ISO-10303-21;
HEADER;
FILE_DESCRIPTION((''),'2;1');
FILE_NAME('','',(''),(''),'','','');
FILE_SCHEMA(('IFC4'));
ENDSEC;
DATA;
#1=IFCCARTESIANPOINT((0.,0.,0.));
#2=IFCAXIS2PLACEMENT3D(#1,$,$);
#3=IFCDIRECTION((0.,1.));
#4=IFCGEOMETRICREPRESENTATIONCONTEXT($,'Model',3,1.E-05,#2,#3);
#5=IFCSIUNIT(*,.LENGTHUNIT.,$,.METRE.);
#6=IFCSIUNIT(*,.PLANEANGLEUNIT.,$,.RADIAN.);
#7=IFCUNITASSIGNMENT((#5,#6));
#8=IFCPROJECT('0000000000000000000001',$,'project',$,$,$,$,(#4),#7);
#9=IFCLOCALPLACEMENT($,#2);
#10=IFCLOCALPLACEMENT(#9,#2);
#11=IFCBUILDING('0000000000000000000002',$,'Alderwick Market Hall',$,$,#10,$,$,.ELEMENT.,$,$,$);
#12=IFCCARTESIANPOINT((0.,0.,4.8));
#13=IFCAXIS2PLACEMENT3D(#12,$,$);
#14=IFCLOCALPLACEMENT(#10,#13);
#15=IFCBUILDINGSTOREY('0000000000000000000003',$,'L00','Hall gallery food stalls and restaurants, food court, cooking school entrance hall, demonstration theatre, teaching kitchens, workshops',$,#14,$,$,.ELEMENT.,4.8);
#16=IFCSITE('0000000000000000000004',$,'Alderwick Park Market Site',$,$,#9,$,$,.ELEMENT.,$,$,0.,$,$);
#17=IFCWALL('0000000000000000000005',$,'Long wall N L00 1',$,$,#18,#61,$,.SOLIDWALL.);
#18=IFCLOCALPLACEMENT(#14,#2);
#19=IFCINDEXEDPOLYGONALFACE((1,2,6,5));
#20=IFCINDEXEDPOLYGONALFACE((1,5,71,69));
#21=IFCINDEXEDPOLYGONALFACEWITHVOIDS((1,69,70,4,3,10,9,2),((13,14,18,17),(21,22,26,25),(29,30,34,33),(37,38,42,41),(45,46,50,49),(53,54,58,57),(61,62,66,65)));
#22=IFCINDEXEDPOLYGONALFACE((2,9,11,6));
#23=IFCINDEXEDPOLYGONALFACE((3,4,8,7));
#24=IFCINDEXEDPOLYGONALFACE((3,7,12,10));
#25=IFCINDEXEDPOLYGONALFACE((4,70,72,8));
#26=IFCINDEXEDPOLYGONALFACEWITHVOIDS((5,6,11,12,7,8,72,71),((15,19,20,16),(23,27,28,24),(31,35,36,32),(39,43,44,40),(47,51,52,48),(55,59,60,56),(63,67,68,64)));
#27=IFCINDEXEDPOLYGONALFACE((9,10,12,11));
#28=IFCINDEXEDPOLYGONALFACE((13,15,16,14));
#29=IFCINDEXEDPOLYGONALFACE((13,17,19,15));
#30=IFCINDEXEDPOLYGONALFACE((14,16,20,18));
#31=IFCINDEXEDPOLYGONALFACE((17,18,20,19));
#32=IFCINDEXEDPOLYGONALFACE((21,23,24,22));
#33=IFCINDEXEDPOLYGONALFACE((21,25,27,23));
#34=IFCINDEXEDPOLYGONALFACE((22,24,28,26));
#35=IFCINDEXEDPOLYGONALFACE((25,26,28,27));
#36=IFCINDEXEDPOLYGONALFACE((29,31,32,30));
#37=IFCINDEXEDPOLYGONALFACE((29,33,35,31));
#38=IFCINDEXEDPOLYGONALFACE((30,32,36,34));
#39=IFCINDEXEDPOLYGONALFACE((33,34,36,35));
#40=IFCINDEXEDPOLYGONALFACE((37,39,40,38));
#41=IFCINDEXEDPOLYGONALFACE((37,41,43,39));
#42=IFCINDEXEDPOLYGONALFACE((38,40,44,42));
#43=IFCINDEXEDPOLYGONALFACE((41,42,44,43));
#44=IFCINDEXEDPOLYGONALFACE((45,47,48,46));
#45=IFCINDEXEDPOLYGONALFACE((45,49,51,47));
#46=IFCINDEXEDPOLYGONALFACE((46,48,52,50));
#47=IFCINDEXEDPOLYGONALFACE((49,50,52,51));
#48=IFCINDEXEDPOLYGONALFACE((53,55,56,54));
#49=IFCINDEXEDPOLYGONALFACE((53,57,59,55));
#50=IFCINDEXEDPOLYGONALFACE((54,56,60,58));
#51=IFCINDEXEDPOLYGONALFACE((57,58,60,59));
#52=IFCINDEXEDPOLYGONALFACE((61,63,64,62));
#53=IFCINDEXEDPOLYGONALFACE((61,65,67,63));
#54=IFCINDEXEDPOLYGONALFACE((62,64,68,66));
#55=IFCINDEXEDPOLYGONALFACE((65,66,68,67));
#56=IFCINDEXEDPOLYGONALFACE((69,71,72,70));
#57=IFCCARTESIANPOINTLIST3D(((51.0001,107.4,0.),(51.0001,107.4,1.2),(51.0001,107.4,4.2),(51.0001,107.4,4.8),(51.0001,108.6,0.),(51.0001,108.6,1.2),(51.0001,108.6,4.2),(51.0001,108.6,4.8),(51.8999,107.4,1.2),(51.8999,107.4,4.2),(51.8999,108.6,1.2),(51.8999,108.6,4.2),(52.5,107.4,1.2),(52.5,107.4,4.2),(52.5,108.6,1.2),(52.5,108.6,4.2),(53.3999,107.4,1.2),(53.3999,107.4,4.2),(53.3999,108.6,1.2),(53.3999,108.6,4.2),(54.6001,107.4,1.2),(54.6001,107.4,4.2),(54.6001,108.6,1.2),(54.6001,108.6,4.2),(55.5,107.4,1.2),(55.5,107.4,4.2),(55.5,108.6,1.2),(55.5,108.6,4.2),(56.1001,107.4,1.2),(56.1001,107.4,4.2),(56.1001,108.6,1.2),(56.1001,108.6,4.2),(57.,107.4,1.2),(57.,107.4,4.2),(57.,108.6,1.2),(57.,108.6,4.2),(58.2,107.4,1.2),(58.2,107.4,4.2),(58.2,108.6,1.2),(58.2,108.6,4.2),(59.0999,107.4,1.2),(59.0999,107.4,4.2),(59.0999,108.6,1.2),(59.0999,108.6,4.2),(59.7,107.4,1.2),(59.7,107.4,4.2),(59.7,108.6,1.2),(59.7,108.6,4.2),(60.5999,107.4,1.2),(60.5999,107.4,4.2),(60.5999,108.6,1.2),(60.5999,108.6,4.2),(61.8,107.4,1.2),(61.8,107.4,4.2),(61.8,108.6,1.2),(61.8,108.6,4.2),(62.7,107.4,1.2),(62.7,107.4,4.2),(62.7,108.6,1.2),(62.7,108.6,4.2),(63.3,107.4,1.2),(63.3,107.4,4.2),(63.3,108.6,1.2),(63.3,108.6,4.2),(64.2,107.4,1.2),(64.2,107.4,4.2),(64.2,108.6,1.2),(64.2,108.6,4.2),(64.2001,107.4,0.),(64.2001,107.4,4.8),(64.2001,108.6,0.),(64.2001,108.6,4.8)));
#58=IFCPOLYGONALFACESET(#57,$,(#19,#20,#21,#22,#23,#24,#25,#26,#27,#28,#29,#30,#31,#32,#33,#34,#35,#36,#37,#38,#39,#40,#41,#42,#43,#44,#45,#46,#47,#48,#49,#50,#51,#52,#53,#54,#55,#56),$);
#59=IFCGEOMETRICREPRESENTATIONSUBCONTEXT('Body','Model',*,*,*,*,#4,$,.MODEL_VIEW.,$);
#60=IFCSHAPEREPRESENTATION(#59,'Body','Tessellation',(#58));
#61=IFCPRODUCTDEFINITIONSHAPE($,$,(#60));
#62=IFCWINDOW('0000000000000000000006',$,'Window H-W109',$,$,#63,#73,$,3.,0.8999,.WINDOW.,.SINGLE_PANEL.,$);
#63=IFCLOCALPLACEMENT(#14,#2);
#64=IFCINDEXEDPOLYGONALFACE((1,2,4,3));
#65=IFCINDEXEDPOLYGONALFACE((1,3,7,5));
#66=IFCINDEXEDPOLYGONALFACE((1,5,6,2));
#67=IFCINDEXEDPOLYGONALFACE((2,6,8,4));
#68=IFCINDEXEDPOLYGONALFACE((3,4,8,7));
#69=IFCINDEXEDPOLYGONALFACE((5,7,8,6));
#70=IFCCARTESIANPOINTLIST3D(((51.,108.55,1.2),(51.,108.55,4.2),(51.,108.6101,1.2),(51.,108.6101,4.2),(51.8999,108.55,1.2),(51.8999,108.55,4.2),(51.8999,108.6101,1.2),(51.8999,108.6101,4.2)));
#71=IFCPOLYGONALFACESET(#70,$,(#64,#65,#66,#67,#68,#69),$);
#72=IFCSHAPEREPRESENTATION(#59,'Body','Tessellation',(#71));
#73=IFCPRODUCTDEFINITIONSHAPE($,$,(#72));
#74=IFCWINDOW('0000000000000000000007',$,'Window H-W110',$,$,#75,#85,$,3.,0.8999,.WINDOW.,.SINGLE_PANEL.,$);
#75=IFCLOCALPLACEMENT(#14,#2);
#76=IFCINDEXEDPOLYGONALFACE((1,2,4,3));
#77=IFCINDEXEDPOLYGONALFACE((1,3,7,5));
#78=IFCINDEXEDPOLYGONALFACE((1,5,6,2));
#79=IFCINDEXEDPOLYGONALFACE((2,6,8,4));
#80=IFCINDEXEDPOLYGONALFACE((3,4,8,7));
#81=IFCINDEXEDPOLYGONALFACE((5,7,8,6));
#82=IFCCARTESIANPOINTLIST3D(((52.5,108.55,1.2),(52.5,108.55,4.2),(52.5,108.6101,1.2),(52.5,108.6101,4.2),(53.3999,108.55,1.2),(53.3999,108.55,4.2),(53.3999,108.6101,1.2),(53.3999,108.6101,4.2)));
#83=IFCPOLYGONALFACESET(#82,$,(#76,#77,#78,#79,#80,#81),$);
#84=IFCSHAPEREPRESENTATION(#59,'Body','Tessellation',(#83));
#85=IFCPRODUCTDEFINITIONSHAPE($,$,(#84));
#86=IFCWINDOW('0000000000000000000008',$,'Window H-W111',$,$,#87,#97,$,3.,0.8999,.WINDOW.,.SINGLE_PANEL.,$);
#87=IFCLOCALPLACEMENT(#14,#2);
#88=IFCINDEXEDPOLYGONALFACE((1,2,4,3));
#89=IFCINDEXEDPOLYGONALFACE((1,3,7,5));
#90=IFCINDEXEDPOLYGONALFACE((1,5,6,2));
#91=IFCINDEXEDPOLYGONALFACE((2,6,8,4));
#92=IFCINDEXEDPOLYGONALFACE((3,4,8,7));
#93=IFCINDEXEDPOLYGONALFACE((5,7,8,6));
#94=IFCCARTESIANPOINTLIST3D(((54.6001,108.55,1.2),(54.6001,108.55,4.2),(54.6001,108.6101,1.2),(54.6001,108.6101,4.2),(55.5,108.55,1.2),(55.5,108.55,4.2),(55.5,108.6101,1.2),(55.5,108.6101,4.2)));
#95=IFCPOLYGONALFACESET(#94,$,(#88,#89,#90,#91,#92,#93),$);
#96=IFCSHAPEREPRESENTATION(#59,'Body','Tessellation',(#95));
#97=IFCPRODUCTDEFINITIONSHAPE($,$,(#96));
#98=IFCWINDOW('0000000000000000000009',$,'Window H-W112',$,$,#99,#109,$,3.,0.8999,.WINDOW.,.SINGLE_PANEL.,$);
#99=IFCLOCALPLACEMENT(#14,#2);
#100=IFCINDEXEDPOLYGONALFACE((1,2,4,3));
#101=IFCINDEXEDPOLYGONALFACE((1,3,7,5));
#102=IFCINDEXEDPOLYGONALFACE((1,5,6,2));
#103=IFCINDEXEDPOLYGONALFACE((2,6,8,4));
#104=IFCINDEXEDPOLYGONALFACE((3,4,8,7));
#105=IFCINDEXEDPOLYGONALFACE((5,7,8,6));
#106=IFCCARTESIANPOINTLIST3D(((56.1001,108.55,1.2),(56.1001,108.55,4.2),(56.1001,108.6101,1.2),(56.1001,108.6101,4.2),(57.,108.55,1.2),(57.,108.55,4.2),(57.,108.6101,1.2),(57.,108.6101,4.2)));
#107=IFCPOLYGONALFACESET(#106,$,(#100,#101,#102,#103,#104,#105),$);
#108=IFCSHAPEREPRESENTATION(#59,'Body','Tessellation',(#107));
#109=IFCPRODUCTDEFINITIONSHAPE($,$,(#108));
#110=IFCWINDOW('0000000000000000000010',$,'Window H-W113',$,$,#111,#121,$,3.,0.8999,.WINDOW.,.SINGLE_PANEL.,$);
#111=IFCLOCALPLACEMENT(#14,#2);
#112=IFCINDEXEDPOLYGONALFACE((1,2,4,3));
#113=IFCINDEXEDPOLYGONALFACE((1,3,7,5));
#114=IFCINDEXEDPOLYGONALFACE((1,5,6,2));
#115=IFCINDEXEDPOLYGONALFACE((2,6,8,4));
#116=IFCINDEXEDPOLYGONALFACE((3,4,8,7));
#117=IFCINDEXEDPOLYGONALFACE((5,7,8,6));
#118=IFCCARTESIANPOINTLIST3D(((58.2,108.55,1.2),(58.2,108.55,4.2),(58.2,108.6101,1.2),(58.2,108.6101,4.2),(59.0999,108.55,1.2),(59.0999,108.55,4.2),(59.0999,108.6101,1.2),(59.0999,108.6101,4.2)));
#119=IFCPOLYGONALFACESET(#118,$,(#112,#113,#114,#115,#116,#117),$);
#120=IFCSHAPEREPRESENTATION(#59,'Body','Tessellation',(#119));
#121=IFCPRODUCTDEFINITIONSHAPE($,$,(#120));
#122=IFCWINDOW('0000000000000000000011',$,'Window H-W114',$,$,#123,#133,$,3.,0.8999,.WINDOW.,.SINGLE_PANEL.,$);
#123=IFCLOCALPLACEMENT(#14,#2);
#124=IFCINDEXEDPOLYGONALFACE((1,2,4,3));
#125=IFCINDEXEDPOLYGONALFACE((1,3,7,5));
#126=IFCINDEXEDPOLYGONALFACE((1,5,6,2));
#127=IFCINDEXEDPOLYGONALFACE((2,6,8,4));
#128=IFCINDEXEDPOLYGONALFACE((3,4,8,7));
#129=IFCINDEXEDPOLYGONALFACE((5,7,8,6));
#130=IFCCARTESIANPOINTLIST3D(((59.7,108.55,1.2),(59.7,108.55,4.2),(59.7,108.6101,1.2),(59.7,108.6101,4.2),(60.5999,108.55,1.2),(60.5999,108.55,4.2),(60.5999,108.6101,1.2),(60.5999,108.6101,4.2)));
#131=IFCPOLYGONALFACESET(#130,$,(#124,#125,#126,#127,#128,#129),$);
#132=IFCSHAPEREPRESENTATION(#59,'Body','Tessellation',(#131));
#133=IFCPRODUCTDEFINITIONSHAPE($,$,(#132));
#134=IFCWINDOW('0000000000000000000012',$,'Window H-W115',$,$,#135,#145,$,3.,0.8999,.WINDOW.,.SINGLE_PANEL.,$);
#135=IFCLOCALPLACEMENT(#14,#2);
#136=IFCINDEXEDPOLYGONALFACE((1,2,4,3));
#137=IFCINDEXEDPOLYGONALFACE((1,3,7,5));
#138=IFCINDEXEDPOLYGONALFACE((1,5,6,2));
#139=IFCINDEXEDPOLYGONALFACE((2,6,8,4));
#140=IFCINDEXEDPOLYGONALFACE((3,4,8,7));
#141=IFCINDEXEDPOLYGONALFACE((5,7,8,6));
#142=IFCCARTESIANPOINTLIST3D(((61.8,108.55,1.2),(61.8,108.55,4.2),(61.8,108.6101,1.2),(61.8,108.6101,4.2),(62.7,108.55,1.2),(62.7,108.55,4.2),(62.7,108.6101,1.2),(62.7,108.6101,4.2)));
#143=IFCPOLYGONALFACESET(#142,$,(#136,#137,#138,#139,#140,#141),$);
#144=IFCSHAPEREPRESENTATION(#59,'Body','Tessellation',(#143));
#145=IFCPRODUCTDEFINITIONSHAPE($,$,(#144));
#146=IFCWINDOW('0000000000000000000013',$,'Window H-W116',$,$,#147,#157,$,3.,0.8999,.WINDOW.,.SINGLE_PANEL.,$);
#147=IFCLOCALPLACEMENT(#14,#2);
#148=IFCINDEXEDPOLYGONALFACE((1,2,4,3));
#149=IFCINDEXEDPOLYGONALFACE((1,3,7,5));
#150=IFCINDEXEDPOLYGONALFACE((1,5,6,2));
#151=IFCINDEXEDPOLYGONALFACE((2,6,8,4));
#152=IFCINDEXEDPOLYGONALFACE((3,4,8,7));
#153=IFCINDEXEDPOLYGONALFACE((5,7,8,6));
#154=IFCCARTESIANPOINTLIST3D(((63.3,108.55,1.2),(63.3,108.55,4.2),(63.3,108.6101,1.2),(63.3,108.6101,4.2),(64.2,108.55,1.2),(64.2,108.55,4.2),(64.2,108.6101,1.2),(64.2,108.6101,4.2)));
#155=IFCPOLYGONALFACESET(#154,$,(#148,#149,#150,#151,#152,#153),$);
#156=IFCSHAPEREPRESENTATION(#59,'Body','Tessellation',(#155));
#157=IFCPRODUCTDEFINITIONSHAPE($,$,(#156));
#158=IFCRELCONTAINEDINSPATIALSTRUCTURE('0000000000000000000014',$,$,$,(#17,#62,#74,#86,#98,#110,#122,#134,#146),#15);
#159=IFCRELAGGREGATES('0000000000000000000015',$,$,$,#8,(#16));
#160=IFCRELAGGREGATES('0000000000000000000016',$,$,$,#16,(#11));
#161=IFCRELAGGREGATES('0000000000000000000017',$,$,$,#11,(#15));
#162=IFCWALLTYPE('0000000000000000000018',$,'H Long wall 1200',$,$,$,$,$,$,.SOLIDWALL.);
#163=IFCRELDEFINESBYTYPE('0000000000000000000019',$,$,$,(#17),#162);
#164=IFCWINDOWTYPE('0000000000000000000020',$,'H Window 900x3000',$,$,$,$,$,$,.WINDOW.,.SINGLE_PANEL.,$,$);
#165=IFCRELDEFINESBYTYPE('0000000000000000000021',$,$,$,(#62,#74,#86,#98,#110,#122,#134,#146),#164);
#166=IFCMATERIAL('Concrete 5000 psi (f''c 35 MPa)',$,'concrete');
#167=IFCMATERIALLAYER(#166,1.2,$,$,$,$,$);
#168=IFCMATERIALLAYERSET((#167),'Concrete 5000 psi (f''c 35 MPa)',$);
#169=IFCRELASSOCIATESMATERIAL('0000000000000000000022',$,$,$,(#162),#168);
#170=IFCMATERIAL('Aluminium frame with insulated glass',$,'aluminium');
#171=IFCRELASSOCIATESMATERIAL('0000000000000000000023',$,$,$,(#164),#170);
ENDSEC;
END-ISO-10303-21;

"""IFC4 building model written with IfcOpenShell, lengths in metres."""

from ifc_helpers import new_model, si_unit, direction, frame, frame_2d, origin, place, context, subcontext, project, spatial, rectangle, extrude, material, layer, layer_set, type_object, element, fill, save


model = new_model("IFC4")

# Units and contexts
model_context = context("Model", 3, precision=1e-05, world=origin(), true_north=direction((0.0, 1.0)))
body_context = subcontext(model_context, "Body", "Model", "MODEL_VIEW")
ifc_project = project(units=[si_unit("LENGTHUNIT", "METRE"), si_unit("PLANEANGLEUNIT", "RADIAN")], contexts=[model_context])

# Site, building, storey
site_placement = place(None, origin())
site = spatial("IfcSite", under=ifc_project, at=site_placement, Name="Alderwick Park Market Site", CompositionType="ELEMENT", RefElevation=0.0)
building_placement = place(site_placement, origin())
building = spatial("IfcBuilding", under=site, at=building_placement, Name="Alderwick Market Hall", CompositionType="ELEMENT")
storey_placement = place(building_placement, frame((0.0, 0.0, 4.8)))
storey = spatial("IfcBuildingStorey", under=building, at=storey_placement, Name="L00", Description="Hall gallery food stalls and restaurants, food court, cooking school entrance hall, demonstration theatre, teaching kitchens, workshops", CompositionType="ELEMENT", Elevation=4.8)

# Shared definitions
ifc_material_1 = material(Name="Concrete 5000 psi (f'c 35 MPa)", Category="concrete")

# Wall, openings, windows
ifc_layer_1 = layer(ifc_material_1, 1.2)
ifc_layer_set_1 = layer_set([ifc_layer_1], Name="Concrete 5000 psi (f'c 35 MPa)")
wall_type_1 = type_object("IfcWallType", Name="H Long wall 1200", PredefinedType="SOLIDWALL", material=ifc_layer_set_1)
wall_1_placement = place(storey_placement, frame((51.0, 108.0, 0.0), z_axis=(0.0, 0.0, 1.0), x_axis=(1.0, 0.0, 0.0)))
wall_1 = element("IfcWall", 1, at=wall_1_placement, inside=storey, type_object=wall_type_1, Name="Long wall N L00 1", PredefinedType="SOLIDWALL", context=body_context, shape_type="SweptSolid", body=[
    extrude(rectangle(XDim=13.2, YDim=1.2, at=frame_2d((6.6001, 0.0))), origin(), (0.0, 0.0, 1.0), 4.8),
])
opening_1_placement = place(wall_1_placement, frame((0.0, 0.0, 1.2)))
opening_1 = element("IfcOpeningElement", 2, at=opening_1_placement, cuts=wall_1, PredefinedType="OPENING", context=body_context, shape_type="SweptSolid", body=[
    extrude(rectangle(XDim=0.8999, YDim=3.0, at=frame_2d((0.45, 1.5))), frame((0.0, 0.6099, 0.0), z_axis=(0.0, -1.0, 0.0), x_axis=(1.0, 0.0, 0.0)), (0.0, 0.0, 1.0), 1.22),
])
opening_2_placement = place(wall_1_placement, frame((1.5, 0.0, 1.2)))
opening_2 = element("IfcOpeningElement", 3, at=opening_2_placement, cuts=wall_1, PredefinedType="OPENING", context=body_context, shape_type="SweptSolid", body=[
    extrude(rectangle(XDim=0.8999, YDim=3.0, at=frame_2d((0.45, 1.5))), frame((0.0, 0.6099, 0.0), z_axis=(0.0, -1.0, 0.0), x_axis=(1.0, 0.0, 0.0)), (0.0, 0.0, 1.0), 1.22),
])
opening_3_placement = place(wall_1_placement, frame((3.6001, 0.0, 1.2)))
opening_3 = element("IfcOpeningElement", 4, at=opening_3_placement, cuts=wall_1, PredefinedType="OPENING", context=body_context, shape_type="SweptSolid", body=[
    extrude(rectangle(XDim=0.8999, YDim=3.0, at=frame_2d((0.45, 1.5))), frame((0.0, 0.6099, 0.0), z_axis=(0.0, -1.0, 0.0), x_axis=(1.0, 0.0, 0.0)), (0.0, 0.0, 1.0), 1.22),
])
opening_4_placement = place(wall_1_placement, frame((5.1001, 0.0, 1.2)))
opening_4 = element("IfcOpeningElement", 5, at=opening_4_placement, cuts=wall_1, PredefinedType="OPENING", context=body_context, shape_type="SweptSolid", body=[
    extrude(rectangle(XDim=0.8999, YDim=3.0, at=frame_2d((0.45, 1.5))), frame((0.0, 0.6099, 0.0), z_axis=(0.0, -1.0, 0.0), x_axis=(1.0, 0.0, 0.0)), (0.0, 0.0, 1.0), 1.22),
])
opening_5_placement = place(wall_1_placement, frame((7.2, 0.0, 1.2)))
opening_5 = element("IfcOpeningElement", 6, at=opening_5_placement, cuts=wall_1, PredefinedType="OPENING", context=body_context, shape_type="SweptSolid", body=[
    extrude(rectangle(XDim=0.8999, YDim=3.0, at=frame_2d((0.45, 1.5))), frame((0.0, 0.6099, 0.0), z_axis=(0.0, -1.0, 0.0), x_axis=(1.0, 0.0, 0.0)), (0.0, 0.0, 1.0), 1.22),
])
opening_6_placement = place(wall_1_placement, frame((8.7, 0.0, 1.2)))
opening_6 = element("IfcOpeningElement", 7, at=opening_6_placement, cuts=wall_1, PredefinedType="OPENING", context=body_context, shape_type="SweptSolid", body=[
    extrude(rectangle(XDim=0.8999, YDim=3.0, at=frame_2d((0.45, 1.5))), frame((0.0, 0.6099, 0.0), z_axis=(0.0, -1.0, 0.0), x_axis=(1.0, 0.0, 0.0)), (0.0, 0.0, 1.0), 1.22),
])
opening_7_placement = place(wall_1_placement, frame((10.8, 0.0, 1.2)))
opening_7 = element("IfcOpeningElement", 8, at=opening_7_placement, cuts=wall_1, PredefinedType="OPENING", context=body_context, shape_type="SweptSolid", body=[
    extrude(rectangle(XDim=0.8999, YDim=3.0, at=frame_2d((0.45, 1.5))), frame((0.0, 0.6099, 0.0), z_axis=(0.0, -1.0, 0.0), x_axis=(1.0, 0.0, 0.0)), (0.0, 0.0, 1.0), 1.22),
])
opening_8_placement = place(wall_1_placement, frame((12.3, 0.0, 1.2)))
opening_8 = element("IfcOpeningElement", 9, at=opening_8_placement, cuts=wall_1, PredefinedType="OPENING", context=body_context, shape_type="SweptSolid", body=[
    extrude(rectangle(XDim=0.8999, YDim=3.0, at=frame_2d((0.45, 1.5))), frame((0.0, 0.6099, 0.0), z_axis=(0.0, -1.0, 0.0), x_axis=(1.0, 0.0, 0.0)), (0.0, 0.0, 1.0), 1.22),
])
ifc_material_2 = material(Name="Aluminium frame with insulated glass", Category="aluminium")
window_type = type_object("IfcWindowType", Name="H Window 900x3000", PartitioningType="SINGLE_PANEL", PredefinedType="WINDOW", material=ifc_material_2)
window_1_placement = place(opening_1_placement, origin())
window_1 = element("IfcWindow", 10, at=window_1_placement, inside=storey, type_object=window_type, Name="Window H-W109", OverallHeight=3.0, OverallWidth=0.8999, PartitioningType="SINGLE_PANEL", PredefinedType="WINDOW", context=body_context, shape_type="SweptSolid", body=[
    extrude(rectangle(XDim=0.8999, YDim=3.0, at=frame_2d((0.45, 1.5))), frame((0.0, 0.6101, 0.0), z_axis=(0.0, -1.0, 0.0), x_axis=(1.0, 0.0, 0.0)), (0.0, 0.0, 1.0), 0.0601),
])
fill(opening_1, window_1)
window_2_placement = place(opening_2_placement, origin())
window_2 = element("IfcWindow", 11, at=window_2_placement, inside=storey, type_object=window_type, Name="Window H-W110", OverallHeight=3.0, OverallWidth=0.8999, PartitioningType="SINGLE_PANEL", PredefinedType="WINDOW", context=body_context, shape_type="SweptSolid", body=[
    extrude(rectangle(XDim=0.8999, YDim=3.0, at=frame_2d((0.45, 1.5))), frame((0.0, 0.6101, 0.0), z_axis=(0.0, -1.0, 0.0), x_axis=(1.0, 0.0, 0.0)), (0.0, 0.0, 1.0), 0.0601),
])
fill(opening_2, window_2)
window_3_placement = place(opening_3_placement, origin())
window_3 = element("IfcWindow", 12, at=window_3_placement, inside=storey, type_object=window_type, Name="Window H-W111", OverallHeight=3.0, OverallWidth=0.8999, PartitioningType="SINGLE_PANEL", PredefinedType="WINDOW", context=body_context, shape_type="SweptSolid", body=[
    extrude(rectangle(XDim=0.8999, YDim=3.0, at=frame_2d((0.45, 1.5))), frame((0.0, 0.6101, 0.0), z_axis=(0.0, -1.0, 0.0), x_axis=(1.0, 0.0, 0.0)), (0.0, 0.0, 1.0), 0.0601),
])
fill(opening_3, window_3)
window_4_placement = place(opening_4_placement, origin())
window_4 = element("IfcWindow", 13, at=window_4_placement, inside=storey, type_object=window_type, Name="Window H-W112", OverallHeight=3.0, OverallWidth=0.8999, PartitioningType="SINGLE_PANEL", PredefinedType="WINDOW", context=body_context, shape_type="SweptSolid", body=[
    extrude(rectangle(XDim=0.8999, YDim=3.0, at=frame_2d((0.45, 1.5))), frame((0.0, 0.6101, 0.0), z_axis=(0.0, -1.0, 0.0), x_axis=(1.0, 0.0, 0.0)), (0.0, 0.0, 1.0), 0.0601),
])
fill(opening_4, window_4)
window_5_placement = place(opening_5_placement, origin())
window_5 = element("IfcWindow", 14, at=window_5_placement, inside=storey, type_object=window_type, Name="Window H-W113", OverallHeight=3.0, OverallWidth=0.8999, PartitioningType="SINGLE_PANEL", PredefinedType="WINDOW", context=body_context, shape_type="SweptSolid", body=[
    extrude(rectangle(XDim=0.8999, YDim=3.0, at=frame_2d((0.45, 1.5))), frame((0.0, 0.6101, 0.0), z_axis=(0.0, -1.0, 0.0), x_axis=(1.0, 0.0, 0.0)), (0.0, 0.0, 1.0), 0.0601),
])
fill(opening_5, window_5)
window_6_placement = place(opening_6_placement, origin())
window_6 = element("IfcWindow", 15, at=window_6_placement, inside=storey, type_object=window_type, Name="Window H-W114", OverallHeight=3.0, OverallWidth=0.8999, PartitioningType="SINGLE_PANEL", PredefinedType="WINDOW", context=body_context, shape_type="SweptSolid", body=[
    extrude(rectangle(XDim=0.8999, YDim=3.0, at=frame_2d((0.45, 1.5))), frame((0.0, 0.6101, 0.0), z_axis=(0.0, -1.0, 0.0), x_axis=(1.0, 0.0, 0.0)), (0.0, 0.0, 1.0), 0.0601),
])
fill(opening_6, window_6)
window_7_placement = place(opening_7_placement, origin())
window_7 = element("IfcWindow", 16, at=window_7_placement, inside=storey, type_object=window_type, Name="Window H-W115", OverallHeight=3.0, OverallWidth=0.8999, PartitioningType="SINGLE_PANEL", PredefinedType="WINDOW", context=body_context, shape_type="SweptSolid", body=[
    extrude(rectangle(XDim=0.8999, YDim=3.0, at=frame_2d((0.45, 1.5))), frame((0.0, 0.6101, 0.0), z_axis=(0.0, -1.0, 0.0), x_axis=(1.0, 0.0, 0.0)), (0.0, 0.0, 1.0), 0.0601),
])
fill(opening_7, window_7)
window_8_placement = place(opening_8_placement, origin())
window_8 = element("IfcWindow", 17, at=window_8_placement, inside=storey, type_object=window_type, Name="Window H-W116", OverallHeight=3.0, OverallWidth=0.8999, PartitioningType="SINGLE_PANEL", PredefinedType="WINDOW", context=body_context, shape_type="SweptSolid", body=[
    extrude(rectangle(XDim=0.8999, YDim=3.0, at=frame_2d((0.45, 1.5))), frame((0.0, 0.6101, 0.0), z_axis=(0.0, -1.0, 0.0), x_axis=(1.0, 0.0, 0.0)), (0.0, 0.0, 1.0), 0.0601),
])
fill(opening_8, window_8)

save(model, "model.ifc")
